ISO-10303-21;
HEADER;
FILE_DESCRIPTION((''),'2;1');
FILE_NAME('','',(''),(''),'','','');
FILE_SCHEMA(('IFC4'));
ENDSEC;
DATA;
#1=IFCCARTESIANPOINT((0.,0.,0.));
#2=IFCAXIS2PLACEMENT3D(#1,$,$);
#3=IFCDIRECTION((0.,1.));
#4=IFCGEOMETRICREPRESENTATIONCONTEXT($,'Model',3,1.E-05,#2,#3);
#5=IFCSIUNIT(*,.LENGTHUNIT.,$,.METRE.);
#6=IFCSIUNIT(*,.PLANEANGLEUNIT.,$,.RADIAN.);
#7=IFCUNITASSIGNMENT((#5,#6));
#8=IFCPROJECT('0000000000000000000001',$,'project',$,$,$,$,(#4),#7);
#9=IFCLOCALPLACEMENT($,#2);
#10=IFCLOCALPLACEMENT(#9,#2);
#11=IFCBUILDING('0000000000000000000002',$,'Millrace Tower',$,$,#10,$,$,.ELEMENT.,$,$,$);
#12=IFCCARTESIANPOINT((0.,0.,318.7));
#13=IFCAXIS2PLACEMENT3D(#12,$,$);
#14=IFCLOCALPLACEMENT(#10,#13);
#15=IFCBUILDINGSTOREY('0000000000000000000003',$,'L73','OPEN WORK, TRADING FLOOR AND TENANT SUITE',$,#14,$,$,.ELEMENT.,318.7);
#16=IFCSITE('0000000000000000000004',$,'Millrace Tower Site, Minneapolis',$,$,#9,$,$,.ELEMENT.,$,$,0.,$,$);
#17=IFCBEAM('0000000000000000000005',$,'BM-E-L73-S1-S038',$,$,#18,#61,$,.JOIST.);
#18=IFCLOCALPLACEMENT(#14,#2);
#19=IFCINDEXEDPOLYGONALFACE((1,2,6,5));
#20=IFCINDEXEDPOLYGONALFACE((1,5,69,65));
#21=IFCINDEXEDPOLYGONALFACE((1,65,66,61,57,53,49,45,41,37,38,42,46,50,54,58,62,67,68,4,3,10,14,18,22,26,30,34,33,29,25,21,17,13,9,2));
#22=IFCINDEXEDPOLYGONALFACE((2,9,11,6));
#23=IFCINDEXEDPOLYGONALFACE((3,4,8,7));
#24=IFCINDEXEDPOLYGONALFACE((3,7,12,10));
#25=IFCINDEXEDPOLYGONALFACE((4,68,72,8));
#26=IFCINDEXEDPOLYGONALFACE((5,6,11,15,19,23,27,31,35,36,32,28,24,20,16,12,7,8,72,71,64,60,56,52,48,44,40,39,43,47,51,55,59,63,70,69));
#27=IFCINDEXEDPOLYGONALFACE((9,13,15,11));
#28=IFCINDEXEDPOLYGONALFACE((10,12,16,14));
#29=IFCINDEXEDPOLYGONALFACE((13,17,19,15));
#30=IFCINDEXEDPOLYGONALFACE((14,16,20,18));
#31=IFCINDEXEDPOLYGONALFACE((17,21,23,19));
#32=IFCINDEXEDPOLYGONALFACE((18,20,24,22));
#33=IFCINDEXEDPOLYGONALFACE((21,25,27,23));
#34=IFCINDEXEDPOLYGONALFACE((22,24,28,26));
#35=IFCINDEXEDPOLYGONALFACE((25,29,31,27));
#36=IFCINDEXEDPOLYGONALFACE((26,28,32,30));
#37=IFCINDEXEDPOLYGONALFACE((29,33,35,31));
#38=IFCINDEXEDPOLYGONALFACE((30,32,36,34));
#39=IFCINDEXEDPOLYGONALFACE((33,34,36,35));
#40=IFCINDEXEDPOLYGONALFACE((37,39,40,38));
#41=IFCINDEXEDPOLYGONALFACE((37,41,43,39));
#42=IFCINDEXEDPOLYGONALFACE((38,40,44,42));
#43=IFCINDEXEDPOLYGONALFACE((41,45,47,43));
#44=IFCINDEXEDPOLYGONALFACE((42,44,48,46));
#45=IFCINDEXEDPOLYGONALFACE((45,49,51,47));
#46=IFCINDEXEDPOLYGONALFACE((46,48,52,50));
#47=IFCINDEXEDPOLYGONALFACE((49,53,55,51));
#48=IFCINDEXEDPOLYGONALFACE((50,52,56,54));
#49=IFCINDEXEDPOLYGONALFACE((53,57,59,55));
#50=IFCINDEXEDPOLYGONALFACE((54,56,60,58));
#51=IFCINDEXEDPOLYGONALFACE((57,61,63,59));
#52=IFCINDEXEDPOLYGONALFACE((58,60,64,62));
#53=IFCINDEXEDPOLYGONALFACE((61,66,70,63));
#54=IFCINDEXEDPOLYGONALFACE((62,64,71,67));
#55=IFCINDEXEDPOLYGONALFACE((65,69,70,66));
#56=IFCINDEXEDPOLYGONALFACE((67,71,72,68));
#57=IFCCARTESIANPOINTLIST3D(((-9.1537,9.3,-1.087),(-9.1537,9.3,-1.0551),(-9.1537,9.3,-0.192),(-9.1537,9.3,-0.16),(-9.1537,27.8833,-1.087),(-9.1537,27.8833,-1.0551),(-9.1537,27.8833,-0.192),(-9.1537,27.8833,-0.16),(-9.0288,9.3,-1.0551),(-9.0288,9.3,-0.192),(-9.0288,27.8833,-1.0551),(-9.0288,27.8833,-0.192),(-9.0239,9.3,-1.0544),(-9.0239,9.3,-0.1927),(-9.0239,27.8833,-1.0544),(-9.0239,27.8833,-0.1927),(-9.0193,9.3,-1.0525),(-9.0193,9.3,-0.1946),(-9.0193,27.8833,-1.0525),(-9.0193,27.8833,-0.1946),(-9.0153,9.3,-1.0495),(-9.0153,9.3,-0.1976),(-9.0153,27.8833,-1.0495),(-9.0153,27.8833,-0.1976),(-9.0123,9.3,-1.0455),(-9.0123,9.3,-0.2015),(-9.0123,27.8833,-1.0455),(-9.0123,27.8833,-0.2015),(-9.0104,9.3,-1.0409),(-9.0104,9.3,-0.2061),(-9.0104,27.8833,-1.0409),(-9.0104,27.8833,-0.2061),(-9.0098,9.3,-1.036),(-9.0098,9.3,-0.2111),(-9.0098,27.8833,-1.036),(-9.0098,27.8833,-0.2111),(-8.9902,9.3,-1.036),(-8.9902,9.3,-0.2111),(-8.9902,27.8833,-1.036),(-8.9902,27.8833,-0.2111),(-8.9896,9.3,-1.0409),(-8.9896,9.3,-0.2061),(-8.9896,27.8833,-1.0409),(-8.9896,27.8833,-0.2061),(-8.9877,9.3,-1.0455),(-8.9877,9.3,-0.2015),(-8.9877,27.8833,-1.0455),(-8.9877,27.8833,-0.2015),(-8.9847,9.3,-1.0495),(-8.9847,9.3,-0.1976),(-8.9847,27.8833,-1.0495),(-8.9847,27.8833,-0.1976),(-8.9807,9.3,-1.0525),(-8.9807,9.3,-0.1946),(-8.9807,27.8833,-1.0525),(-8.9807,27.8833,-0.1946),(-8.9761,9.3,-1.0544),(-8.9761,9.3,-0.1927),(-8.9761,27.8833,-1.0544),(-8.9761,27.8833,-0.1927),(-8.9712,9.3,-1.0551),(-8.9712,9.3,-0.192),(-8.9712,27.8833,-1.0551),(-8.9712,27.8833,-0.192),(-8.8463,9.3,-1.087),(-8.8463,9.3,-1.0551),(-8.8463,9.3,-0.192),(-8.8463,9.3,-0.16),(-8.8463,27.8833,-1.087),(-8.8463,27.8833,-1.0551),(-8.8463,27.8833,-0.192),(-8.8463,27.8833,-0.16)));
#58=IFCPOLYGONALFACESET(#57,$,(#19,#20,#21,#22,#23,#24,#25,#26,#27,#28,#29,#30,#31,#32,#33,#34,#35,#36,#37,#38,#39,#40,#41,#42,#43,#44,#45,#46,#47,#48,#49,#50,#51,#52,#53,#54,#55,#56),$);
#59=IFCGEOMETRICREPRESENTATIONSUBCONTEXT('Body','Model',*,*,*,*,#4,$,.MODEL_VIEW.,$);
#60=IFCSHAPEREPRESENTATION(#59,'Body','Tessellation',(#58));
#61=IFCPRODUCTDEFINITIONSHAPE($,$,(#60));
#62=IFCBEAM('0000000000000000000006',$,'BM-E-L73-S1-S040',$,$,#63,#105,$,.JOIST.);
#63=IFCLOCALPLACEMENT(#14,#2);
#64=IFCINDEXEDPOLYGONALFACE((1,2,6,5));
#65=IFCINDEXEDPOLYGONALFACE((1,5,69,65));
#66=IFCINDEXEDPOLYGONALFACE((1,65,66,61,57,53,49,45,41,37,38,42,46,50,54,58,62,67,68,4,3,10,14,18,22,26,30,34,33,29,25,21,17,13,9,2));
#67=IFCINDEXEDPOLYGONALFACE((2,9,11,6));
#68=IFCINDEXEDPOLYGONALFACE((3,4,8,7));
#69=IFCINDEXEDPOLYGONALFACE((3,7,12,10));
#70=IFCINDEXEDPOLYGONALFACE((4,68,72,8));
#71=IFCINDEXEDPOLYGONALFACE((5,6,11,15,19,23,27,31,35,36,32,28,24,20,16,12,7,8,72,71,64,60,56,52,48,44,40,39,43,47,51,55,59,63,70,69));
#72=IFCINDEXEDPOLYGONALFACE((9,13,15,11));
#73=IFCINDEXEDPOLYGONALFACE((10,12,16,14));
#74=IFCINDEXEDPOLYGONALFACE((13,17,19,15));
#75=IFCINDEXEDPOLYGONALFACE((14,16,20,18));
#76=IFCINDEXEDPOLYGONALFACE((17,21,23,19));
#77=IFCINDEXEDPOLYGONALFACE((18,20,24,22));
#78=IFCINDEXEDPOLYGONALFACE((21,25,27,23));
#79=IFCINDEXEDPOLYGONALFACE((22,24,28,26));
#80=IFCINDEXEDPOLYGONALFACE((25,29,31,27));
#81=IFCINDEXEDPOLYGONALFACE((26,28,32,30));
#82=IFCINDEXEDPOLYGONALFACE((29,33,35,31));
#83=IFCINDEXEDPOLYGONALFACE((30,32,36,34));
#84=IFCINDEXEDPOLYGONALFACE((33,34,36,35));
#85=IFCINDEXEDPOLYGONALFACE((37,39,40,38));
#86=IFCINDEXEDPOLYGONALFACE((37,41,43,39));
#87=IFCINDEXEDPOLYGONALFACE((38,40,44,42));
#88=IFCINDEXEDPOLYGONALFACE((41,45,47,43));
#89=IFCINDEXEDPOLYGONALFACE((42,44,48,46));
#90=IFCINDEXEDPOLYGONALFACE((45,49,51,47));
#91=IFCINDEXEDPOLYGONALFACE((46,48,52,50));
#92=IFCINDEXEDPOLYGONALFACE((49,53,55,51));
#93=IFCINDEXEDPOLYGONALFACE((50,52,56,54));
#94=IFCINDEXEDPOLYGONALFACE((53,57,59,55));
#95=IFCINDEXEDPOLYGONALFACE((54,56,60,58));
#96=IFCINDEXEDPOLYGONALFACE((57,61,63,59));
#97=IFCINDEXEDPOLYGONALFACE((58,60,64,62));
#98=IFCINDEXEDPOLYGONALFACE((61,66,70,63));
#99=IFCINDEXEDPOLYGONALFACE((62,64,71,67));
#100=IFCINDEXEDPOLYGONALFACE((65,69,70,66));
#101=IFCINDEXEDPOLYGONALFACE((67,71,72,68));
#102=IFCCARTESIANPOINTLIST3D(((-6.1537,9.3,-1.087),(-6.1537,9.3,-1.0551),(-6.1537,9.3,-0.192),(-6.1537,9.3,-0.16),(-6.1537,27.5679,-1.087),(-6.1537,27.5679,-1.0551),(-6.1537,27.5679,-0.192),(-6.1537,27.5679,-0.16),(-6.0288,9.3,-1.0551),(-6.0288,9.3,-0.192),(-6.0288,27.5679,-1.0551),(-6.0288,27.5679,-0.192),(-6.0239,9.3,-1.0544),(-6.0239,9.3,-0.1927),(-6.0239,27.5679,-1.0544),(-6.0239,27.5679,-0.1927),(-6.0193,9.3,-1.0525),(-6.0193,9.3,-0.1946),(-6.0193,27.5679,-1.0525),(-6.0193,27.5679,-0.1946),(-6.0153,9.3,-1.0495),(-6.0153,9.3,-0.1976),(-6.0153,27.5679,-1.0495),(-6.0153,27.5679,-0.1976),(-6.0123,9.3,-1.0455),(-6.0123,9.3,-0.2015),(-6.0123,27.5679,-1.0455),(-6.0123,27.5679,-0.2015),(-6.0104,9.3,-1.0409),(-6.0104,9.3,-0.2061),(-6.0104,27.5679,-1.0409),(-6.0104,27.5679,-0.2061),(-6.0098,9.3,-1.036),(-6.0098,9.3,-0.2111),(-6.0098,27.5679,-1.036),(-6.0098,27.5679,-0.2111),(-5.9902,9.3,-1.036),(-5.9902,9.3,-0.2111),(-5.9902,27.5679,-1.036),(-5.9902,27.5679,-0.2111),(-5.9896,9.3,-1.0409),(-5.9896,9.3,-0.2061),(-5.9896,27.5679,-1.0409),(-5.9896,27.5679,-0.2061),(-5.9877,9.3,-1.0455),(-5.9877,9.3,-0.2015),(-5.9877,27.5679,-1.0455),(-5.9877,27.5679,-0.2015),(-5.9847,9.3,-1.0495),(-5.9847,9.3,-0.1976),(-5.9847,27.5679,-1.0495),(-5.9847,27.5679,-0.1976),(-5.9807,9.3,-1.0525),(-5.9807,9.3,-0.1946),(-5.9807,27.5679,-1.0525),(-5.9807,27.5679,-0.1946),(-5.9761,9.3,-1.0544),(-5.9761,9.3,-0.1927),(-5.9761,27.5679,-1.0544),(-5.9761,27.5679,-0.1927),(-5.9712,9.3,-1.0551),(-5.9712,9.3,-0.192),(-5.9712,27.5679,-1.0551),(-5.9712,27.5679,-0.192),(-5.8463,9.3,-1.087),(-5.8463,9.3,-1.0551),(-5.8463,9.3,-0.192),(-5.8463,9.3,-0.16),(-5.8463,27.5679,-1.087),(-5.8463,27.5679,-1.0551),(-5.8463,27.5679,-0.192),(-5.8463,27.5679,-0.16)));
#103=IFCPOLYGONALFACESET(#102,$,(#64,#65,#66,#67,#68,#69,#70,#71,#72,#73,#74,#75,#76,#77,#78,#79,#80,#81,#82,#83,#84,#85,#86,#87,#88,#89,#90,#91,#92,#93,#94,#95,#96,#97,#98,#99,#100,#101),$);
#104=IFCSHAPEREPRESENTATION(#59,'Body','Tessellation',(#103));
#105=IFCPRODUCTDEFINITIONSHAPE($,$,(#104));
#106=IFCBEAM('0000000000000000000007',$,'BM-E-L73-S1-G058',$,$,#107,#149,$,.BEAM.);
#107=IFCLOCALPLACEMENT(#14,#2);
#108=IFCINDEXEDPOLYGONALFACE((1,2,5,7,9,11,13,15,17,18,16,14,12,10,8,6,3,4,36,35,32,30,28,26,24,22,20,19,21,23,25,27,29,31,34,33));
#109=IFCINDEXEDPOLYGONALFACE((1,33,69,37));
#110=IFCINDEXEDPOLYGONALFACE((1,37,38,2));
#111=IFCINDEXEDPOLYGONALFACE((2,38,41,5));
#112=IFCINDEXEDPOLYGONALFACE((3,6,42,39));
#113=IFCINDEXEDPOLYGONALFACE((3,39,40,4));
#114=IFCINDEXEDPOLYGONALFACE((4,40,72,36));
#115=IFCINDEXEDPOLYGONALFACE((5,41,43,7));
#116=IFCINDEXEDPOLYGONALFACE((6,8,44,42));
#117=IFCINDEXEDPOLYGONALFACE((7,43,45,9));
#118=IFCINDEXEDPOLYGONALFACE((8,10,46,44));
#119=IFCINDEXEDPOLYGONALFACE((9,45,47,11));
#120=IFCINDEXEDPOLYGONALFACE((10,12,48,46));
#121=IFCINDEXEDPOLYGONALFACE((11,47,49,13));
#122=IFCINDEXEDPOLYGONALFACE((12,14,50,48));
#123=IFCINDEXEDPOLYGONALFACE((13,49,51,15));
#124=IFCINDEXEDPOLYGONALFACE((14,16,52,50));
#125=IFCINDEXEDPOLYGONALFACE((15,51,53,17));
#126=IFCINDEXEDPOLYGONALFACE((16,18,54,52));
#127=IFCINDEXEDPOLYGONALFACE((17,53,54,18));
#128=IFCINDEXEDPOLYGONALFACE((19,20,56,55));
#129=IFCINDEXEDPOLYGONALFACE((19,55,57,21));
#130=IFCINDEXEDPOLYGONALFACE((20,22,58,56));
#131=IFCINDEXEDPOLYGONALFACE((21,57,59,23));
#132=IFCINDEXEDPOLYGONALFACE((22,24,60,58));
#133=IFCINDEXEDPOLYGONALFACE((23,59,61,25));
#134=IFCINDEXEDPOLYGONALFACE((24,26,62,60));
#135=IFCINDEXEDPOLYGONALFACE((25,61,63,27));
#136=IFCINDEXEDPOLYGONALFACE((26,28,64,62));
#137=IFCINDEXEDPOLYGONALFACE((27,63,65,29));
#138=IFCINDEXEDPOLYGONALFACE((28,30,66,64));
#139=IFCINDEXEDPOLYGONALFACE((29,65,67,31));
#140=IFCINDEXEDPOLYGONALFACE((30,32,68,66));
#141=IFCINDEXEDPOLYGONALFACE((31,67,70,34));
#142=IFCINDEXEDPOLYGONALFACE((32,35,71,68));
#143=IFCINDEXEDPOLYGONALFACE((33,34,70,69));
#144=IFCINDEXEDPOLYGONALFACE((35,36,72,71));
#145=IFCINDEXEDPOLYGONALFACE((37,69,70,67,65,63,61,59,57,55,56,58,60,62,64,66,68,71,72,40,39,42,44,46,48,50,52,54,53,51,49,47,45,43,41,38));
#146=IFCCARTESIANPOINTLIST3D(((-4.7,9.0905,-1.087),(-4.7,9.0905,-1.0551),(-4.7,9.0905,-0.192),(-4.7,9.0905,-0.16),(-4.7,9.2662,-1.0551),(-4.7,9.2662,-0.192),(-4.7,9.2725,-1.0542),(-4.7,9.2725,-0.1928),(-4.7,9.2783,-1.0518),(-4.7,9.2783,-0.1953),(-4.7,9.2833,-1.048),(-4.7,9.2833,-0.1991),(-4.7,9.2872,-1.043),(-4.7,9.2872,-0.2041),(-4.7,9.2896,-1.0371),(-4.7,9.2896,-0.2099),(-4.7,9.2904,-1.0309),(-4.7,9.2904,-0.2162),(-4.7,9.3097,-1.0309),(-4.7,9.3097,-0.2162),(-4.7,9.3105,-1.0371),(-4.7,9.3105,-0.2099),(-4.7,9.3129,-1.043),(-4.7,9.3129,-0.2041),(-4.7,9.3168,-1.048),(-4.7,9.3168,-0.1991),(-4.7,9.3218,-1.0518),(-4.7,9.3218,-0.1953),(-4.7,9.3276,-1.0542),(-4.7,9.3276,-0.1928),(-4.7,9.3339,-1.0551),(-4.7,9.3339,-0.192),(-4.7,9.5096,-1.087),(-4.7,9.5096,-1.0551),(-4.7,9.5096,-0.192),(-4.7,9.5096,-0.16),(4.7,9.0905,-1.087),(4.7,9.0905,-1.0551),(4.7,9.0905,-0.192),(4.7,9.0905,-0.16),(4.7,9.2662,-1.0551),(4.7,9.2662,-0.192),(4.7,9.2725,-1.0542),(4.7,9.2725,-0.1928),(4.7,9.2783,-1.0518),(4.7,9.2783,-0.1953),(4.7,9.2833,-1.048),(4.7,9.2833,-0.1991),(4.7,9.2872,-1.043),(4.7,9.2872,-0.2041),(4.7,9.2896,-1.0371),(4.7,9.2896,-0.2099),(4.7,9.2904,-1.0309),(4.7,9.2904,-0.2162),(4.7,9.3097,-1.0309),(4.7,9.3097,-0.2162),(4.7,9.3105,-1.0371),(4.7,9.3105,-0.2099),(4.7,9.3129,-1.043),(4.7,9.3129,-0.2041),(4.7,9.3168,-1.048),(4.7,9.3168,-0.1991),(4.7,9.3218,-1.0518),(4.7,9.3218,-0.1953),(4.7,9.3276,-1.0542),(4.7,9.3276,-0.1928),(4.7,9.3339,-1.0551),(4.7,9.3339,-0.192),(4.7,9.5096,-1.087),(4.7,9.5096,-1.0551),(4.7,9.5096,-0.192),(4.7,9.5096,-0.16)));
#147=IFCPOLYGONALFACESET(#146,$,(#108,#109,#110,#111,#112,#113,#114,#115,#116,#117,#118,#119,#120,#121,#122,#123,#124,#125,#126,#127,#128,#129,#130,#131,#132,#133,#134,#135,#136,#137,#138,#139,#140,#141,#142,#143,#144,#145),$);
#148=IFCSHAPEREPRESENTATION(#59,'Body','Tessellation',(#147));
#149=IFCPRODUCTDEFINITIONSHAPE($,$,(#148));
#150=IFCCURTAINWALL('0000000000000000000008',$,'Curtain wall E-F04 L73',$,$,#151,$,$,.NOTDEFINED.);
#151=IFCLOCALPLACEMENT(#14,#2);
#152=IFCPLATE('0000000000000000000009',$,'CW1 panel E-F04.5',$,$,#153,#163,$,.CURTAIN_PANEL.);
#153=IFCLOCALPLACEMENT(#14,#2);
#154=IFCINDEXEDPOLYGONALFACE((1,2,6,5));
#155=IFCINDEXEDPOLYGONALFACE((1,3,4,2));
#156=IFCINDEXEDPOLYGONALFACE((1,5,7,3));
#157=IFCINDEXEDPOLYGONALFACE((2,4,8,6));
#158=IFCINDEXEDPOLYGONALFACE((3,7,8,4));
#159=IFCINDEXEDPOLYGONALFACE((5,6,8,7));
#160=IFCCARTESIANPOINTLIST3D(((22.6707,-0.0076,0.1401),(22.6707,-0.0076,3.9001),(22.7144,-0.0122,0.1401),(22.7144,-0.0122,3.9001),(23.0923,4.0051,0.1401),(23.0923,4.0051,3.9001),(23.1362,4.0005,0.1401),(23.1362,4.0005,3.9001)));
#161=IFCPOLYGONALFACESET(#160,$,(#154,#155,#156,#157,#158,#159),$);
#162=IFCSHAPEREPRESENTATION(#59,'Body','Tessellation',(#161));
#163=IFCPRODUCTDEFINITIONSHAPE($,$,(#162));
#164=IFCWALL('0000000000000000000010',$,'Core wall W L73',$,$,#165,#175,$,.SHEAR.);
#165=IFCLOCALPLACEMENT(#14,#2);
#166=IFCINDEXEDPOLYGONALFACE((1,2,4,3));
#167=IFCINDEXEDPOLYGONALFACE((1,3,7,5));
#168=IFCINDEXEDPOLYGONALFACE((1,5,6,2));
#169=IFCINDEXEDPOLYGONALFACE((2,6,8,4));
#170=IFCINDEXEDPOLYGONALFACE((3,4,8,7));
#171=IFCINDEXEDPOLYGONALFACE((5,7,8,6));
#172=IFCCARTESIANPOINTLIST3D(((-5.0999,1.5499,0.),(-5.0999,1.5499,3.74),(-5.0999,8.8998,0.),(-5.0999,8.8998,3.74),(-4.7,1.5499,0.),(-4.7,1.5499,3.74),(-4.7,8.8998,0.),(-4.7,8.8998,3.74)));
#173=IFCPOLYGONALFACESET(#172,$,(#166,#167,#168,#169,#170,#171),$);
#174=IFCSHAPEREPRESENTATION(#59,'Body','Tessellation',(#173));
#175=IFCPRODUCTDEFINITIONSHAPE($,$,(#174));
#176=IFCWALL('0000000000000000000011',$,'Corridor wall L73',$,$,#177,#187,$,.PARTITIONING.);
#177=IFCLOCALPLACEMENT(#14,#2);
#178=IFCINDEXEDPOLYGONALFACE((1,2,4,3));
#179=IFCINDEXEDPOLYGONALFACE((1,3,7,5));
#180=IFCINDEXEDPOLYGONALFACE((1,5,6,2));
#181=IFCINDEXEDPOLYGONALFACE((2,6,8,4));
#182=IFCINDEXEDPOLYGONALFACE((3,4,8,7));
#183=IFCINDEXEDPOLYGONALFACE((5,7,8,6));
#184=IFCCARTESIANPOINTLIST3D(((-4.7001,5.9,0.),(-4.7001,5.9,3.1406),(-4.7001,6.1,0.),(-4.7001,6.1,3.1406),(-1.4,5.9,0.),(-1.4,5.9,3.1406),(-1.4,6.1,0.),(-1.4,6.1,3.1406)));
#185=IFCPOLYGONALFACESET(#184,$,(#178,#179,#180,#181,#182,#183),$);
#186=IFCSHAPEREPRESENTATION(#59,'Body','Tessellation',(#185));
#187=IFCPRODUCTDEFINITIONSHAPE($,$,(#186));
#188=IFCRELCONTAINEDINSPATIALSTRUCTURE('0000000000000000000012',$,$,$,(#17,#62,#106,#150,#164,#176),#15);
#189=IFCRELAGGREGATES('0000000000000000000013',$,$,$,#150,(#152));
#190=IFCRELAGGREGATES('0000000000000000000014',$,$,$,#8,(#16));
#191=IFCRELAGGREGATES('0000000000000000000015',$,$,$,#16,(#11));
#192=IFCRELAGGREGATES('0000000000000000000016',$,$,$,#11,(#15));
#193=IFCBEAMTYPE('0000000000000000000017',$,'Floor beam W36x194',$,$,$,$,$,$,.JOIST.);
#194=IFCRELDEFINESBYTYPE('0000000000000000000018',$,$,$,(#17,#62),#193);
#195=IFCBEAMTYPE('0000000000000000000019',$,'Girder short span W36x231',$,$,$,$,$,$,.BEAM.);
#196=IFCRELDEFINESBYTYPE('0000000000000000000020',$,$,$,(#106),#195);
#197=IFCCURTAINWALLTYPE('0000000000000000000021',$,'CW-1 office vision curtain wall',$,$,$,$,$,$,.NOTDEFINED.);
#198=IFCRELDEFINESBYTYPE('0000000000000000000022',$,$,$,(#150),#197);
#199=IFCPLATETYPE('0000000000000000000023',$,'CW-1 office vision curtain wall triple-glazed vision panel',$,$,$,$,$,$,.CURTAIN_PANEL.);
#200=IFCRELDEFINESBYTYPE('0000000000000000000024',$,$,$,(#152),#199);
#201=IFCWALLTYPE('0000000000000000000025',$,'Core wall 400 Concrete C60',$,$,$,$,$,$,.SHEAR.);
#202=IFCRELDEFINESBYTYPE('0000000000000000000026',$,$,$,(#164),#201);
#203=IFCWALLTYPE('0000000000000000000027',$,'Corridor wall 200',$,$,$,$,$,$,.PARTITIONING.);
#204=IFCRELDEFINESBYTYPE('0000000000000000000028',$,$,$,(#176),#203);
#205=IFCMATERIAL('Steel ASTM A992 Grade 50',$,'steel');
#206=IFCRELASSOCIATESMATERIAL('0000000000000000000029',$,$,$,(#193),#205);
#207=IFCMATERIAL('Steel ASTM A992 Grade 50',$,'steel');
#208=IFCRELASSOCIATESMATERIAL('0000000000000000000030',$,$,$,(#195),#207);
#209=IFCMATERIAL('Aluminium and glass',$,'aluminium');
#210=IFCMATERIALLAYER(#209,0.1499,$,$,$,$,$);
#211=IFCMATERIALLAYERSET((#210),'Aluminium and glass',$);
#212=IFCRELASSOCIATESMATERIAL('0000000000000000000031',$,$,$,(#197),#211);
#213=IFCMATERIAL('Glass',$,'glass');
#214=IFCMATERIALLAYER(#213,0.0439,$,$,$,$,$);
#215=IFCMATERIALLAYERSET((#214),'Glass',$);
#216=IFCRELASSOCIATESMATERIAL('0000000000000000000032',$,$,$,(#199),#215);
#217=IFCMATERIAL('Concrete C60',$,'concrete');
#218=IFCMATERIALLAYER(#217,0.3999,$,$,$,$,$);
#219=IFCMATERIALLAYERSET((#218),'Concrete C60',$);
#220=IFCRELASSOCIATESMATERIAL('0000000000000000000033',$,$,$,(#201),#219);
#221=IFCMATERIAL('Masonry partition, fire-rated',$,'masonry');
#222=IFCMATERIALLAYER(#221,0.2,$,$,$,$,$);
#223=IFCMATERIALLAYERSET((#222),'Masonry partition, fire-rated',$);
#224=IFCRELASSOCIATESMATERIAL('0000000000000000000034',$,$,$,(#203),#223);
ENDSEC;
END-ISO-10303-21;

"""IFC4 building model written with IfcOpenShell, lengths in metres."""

from ifc_helpers import new_model, si_unit, direction, frame, frame_2d, origin, origin_2d, place, context, subcontext, project, spatial, polyline, rectangle, i_section, outline, extrude, material, layer, layer_set, material_profile, profile_set, type_object, element, aggregate, save


model = new_model("IFC4")

# Units and contexts
model_context = context("Model", 3, precision=1e-05, world=origin(), true_north=direction((0.0, 1.0)))
body_context = subcontext(model_context, "Body", "Model", "MODEL_VIEW")
ifc_project = project(units=[si_unit("LENGTHUNIT", "METRE"), si_unit("PLANEANGLEUNIT", "RADIAN")], contexts=[model_context])

# Site, building, storey
site_placement = place(None, origin())
site = spatial("IfcSite", under=ifc_project, at=site_placement, Name="Millrace Tower Site, Minneapolis", CompositionType="ELEMENT", RefElevation=0.0)
building_placement = place(site_placement, origin())
building = spatial("IfcBuilding", under=site, at=building_placement, Name="Millrace Tower", CompositionType="ELEMENT")
storey_placement = place(building_placement, frame((0.0, 0.0, 318.7)))
storey = spatial("IfcBuildingStorey", under=building, at=storey_placement, Name="L73", Description="OPEN WORK, TRADING FLOOR AND TENANT SUITE", CompositionType="ELEMENT", Elevation=318.7)

# Beams
ifc_material_1 = material(Name="Steel ASTM A992 Grade 50", Category="steel")
ifc_material_profile_1 = material_profile(ifc_material_1, i_section(OverallWidth=0.3074, OverallDepth=0.927, WebThickness=0.0195, FlangeThickness=0.032, FilletRadius=0.019, at=origin_2d()))
ifc_profile_set_1 = profile_set([ifc_material_profile_1], Name="Steel ASTM A992 Grade 50")
beam_type_1 = type_object("IfcBeamType", Name="Floor beam W36x194", PredefinedType="JOIST", material=ifc_profile_set_1)
beam_1_placement = place(storey_placement, frame((-9.0, 9.3, -0.6235), z_axis=(0.0, 1.0, 0.0), x_axis=(-1.0, 0.0, 0.0)))
element("IfcBeam", 1, at=beam_1_placement, inside=storey, type_object=beam_type_1, Name="BM-E-L73-S1-S038", PredefinedType="JOIST", context=body_context, shape_type="SweptSolid", body=[
    extrude(i_section(OverallWidth=0.3074, OverallDepth=0.927, WebThickness=0.0195, FlangeThickness=0.032, FilletRadius=0.019, at=origin_2d()), origin(), (0.0, 0.0, 1.0), 18.5833),
])
beam_2_placement = place(storey_placement, frame((-6.0, 9.3, -0.6235), z_axis=(0.0, 1.0, 0.0), x_axis=(-1.0, 0.0, 0.0)))
element("IfcBeam", 2, at=beam_2_placement, inside=storey, type_object=beam_type_1, Name="BM-E-L73-S1-S040", PredefinedType="JOIST", context=body_context, shape_type="SweptSolid", body=[
    extrude(i_section(OverallWidth=0.3074, OverallDepth=0.927, WebThickness=0.0195, FlangeThickness=0.032, FilletRadius=0.019, at=origin_2d()), origin(), (0.0, 0.0, 1.0), 18.2678),
])
ifc_material_2 = material(Name="Steel ASTM A992 Grade 50", Category="steel")
ifc_material_profile_2 = material_profile(ifc_material_2, i_section(OverallWidth=0.4192, OverallDepth=0.927, WebThickness=0.0193, FlangeThickness=0.032, FilletRadius=0.0242, at=origin_2d()))
ifc_profile_set_2 = profile_set([ifc_material_profile_2], Name="Steel ASTM A992 Grade 50")
beam_type_2 = type_object("IfcBeamType", Name="Girder short span W36x231", PredefinedType="BEAM", material=ifc_profile_set_2)
beam_3_placement = place(storey_placement, frame((-4.7, 9.3, -0.6235), z_axis=(1.0, 0.0, 0.0), x_axis=(0.0, 1.0, 0.0)))
element("IfcBeam", 3, at=beam_3_placement, inside=storey, type_object=beam_type_2, Name="BM-E-L73-S1-G058", PredefinedType="BEAM", context=body_context, shape_type="SweptSolid", body=[
    extrude(i_section(OverallWidth=0.4192, OverallDepth=0.927, WebThickness=0.0193, FlangeThickness=0.032, FilletRadius=0.0242, at=origin_2d()), origin(), (0.0, 0.0, 1.0), 9.3999),
])

# Curtain wall, plate
ifc_material_3 = material(Name="Aluminium and glass", Category="aluminium")
ifc_layer_1 = layer(ifc_material_3, 0.1499)
ifc_layer_set_1 = layer_set([ifc_layer_1], Name="Aluminium and glass")
curtain_wall_type = type_object("IfcCurtainWallType", Name="CW-1 office vision curtain wall", PredefinedType="NOTDEFINED", material=ifc_layer_set_1)
placement = place(storey_placement, origin())
curtain_wall = element("IfcCurtainWall", 4, at=placement, inside=storey, type_object=curtain_wall_type, Name="Curtain wall E-F04 L73", PredefinedType="NOTDEFINED")
ifc_material_4 = material(Name="Glass", Category="glass")
ifc_layer_2 = layer(ifc_material_4, 0.0439)
ifc_layer_set_2 = layer_set([ifc_layer_2], Name="Glass")
plate_type = type_object("IfcPlateType", Name="CW-1 office vision curtain wall triple-glazed vision panel", PredefinedType="CURTAIN_PANEL", material=ifc_layer_set_2)
plate_placement = place(storey_placement, frame((0.0, 0.0, 0.1401)))
plate = element("IfcPlate", 5, at=plate_placement, type_object=plate_type, Name="CW1 panel E-F04.5", PredefinedType="CURTAIN_PANEL", context=body_context, shape_type="SweptSolid", body=[
    extrude(outline(polyline([(22.7144, -0.0122), (23.1362, 4.0005), (23.0923, 4.0051), (22.6707, -0.0076), (22.7144, -0.0122)])), origin(), (0.0, 0.0, 1.0), 3.76),
])
aggregate(curtain_wall, [plate])

# Walls
ifc_material_5 = material(Name="Concrete C60", Category="concrete")
ifc_layer_3 = layer(ifc_material_5, 0.3999)
ifc_layer_set_3 = layer_set([ifc_layer_3], Name="Concrete C60")
wall_type_1 = type_object("IfcWallType", Name="Core wall 400 Concrete C60", PredefinedType="SHEAR", material=ifc_layer_set_3)
wall_1_placement = place(storey_placement, frame((-4.8999, 1.55, 0.0), z_axis=(0.0, 0.0, 1.0), x_axis=(0.0, 1.0, 0.0)))
element("IfcWall", 6, at=wall_1_placement, inside=storey, type_object=wall_type_1, Name="Core wall W L73", PredefinedType="SHEAR", context=body_context, shape_type="SweptSolid", body=[
    extrude(rectangle(XDim=7.3499, YDim=0.3999, at=frame_2d((3.6748, 0.0))), origin(), (0.0, 0.0, 1.0), 3.74),
])
ifc_material_6 = material(Name="Masonry partition, fire-rated", Category="masonry")
ifc_layer_4 = layer(ifc_material_6, 0.2)
ifc_layer_set_4 = layer_set([ifc_layer_4], Name="Masonry partition, fire-rated")
wall_type_2 = type_object("IfcWallType", Name="Corridor wall 200", PredefinedType="PARTITIONING", material=ifc_layer_set_4)
wall_2_placement = place(storey_placement, frame((-4.7, 6.0, 0.0), z_axis=(0.0, 0.0, 1.0), x_axis=(1.0, 0.0, 0.0)))
element("IfcWall", 7, at=wall_2_placement, inside=storey, type_object=wall_type_2, Name="Corridor wall L73", PredefinedType="PARTITIONING", context=body_context, shape_type="SweptSolid", body=[
    extrude(rectangle(XDim=3.3, YDim=0.2, at=frame_2d((1.6499, 0.0))), origin(), (0.0, 0.0, 1.0), 3.1406),
])

save(model, "model.ifc")
